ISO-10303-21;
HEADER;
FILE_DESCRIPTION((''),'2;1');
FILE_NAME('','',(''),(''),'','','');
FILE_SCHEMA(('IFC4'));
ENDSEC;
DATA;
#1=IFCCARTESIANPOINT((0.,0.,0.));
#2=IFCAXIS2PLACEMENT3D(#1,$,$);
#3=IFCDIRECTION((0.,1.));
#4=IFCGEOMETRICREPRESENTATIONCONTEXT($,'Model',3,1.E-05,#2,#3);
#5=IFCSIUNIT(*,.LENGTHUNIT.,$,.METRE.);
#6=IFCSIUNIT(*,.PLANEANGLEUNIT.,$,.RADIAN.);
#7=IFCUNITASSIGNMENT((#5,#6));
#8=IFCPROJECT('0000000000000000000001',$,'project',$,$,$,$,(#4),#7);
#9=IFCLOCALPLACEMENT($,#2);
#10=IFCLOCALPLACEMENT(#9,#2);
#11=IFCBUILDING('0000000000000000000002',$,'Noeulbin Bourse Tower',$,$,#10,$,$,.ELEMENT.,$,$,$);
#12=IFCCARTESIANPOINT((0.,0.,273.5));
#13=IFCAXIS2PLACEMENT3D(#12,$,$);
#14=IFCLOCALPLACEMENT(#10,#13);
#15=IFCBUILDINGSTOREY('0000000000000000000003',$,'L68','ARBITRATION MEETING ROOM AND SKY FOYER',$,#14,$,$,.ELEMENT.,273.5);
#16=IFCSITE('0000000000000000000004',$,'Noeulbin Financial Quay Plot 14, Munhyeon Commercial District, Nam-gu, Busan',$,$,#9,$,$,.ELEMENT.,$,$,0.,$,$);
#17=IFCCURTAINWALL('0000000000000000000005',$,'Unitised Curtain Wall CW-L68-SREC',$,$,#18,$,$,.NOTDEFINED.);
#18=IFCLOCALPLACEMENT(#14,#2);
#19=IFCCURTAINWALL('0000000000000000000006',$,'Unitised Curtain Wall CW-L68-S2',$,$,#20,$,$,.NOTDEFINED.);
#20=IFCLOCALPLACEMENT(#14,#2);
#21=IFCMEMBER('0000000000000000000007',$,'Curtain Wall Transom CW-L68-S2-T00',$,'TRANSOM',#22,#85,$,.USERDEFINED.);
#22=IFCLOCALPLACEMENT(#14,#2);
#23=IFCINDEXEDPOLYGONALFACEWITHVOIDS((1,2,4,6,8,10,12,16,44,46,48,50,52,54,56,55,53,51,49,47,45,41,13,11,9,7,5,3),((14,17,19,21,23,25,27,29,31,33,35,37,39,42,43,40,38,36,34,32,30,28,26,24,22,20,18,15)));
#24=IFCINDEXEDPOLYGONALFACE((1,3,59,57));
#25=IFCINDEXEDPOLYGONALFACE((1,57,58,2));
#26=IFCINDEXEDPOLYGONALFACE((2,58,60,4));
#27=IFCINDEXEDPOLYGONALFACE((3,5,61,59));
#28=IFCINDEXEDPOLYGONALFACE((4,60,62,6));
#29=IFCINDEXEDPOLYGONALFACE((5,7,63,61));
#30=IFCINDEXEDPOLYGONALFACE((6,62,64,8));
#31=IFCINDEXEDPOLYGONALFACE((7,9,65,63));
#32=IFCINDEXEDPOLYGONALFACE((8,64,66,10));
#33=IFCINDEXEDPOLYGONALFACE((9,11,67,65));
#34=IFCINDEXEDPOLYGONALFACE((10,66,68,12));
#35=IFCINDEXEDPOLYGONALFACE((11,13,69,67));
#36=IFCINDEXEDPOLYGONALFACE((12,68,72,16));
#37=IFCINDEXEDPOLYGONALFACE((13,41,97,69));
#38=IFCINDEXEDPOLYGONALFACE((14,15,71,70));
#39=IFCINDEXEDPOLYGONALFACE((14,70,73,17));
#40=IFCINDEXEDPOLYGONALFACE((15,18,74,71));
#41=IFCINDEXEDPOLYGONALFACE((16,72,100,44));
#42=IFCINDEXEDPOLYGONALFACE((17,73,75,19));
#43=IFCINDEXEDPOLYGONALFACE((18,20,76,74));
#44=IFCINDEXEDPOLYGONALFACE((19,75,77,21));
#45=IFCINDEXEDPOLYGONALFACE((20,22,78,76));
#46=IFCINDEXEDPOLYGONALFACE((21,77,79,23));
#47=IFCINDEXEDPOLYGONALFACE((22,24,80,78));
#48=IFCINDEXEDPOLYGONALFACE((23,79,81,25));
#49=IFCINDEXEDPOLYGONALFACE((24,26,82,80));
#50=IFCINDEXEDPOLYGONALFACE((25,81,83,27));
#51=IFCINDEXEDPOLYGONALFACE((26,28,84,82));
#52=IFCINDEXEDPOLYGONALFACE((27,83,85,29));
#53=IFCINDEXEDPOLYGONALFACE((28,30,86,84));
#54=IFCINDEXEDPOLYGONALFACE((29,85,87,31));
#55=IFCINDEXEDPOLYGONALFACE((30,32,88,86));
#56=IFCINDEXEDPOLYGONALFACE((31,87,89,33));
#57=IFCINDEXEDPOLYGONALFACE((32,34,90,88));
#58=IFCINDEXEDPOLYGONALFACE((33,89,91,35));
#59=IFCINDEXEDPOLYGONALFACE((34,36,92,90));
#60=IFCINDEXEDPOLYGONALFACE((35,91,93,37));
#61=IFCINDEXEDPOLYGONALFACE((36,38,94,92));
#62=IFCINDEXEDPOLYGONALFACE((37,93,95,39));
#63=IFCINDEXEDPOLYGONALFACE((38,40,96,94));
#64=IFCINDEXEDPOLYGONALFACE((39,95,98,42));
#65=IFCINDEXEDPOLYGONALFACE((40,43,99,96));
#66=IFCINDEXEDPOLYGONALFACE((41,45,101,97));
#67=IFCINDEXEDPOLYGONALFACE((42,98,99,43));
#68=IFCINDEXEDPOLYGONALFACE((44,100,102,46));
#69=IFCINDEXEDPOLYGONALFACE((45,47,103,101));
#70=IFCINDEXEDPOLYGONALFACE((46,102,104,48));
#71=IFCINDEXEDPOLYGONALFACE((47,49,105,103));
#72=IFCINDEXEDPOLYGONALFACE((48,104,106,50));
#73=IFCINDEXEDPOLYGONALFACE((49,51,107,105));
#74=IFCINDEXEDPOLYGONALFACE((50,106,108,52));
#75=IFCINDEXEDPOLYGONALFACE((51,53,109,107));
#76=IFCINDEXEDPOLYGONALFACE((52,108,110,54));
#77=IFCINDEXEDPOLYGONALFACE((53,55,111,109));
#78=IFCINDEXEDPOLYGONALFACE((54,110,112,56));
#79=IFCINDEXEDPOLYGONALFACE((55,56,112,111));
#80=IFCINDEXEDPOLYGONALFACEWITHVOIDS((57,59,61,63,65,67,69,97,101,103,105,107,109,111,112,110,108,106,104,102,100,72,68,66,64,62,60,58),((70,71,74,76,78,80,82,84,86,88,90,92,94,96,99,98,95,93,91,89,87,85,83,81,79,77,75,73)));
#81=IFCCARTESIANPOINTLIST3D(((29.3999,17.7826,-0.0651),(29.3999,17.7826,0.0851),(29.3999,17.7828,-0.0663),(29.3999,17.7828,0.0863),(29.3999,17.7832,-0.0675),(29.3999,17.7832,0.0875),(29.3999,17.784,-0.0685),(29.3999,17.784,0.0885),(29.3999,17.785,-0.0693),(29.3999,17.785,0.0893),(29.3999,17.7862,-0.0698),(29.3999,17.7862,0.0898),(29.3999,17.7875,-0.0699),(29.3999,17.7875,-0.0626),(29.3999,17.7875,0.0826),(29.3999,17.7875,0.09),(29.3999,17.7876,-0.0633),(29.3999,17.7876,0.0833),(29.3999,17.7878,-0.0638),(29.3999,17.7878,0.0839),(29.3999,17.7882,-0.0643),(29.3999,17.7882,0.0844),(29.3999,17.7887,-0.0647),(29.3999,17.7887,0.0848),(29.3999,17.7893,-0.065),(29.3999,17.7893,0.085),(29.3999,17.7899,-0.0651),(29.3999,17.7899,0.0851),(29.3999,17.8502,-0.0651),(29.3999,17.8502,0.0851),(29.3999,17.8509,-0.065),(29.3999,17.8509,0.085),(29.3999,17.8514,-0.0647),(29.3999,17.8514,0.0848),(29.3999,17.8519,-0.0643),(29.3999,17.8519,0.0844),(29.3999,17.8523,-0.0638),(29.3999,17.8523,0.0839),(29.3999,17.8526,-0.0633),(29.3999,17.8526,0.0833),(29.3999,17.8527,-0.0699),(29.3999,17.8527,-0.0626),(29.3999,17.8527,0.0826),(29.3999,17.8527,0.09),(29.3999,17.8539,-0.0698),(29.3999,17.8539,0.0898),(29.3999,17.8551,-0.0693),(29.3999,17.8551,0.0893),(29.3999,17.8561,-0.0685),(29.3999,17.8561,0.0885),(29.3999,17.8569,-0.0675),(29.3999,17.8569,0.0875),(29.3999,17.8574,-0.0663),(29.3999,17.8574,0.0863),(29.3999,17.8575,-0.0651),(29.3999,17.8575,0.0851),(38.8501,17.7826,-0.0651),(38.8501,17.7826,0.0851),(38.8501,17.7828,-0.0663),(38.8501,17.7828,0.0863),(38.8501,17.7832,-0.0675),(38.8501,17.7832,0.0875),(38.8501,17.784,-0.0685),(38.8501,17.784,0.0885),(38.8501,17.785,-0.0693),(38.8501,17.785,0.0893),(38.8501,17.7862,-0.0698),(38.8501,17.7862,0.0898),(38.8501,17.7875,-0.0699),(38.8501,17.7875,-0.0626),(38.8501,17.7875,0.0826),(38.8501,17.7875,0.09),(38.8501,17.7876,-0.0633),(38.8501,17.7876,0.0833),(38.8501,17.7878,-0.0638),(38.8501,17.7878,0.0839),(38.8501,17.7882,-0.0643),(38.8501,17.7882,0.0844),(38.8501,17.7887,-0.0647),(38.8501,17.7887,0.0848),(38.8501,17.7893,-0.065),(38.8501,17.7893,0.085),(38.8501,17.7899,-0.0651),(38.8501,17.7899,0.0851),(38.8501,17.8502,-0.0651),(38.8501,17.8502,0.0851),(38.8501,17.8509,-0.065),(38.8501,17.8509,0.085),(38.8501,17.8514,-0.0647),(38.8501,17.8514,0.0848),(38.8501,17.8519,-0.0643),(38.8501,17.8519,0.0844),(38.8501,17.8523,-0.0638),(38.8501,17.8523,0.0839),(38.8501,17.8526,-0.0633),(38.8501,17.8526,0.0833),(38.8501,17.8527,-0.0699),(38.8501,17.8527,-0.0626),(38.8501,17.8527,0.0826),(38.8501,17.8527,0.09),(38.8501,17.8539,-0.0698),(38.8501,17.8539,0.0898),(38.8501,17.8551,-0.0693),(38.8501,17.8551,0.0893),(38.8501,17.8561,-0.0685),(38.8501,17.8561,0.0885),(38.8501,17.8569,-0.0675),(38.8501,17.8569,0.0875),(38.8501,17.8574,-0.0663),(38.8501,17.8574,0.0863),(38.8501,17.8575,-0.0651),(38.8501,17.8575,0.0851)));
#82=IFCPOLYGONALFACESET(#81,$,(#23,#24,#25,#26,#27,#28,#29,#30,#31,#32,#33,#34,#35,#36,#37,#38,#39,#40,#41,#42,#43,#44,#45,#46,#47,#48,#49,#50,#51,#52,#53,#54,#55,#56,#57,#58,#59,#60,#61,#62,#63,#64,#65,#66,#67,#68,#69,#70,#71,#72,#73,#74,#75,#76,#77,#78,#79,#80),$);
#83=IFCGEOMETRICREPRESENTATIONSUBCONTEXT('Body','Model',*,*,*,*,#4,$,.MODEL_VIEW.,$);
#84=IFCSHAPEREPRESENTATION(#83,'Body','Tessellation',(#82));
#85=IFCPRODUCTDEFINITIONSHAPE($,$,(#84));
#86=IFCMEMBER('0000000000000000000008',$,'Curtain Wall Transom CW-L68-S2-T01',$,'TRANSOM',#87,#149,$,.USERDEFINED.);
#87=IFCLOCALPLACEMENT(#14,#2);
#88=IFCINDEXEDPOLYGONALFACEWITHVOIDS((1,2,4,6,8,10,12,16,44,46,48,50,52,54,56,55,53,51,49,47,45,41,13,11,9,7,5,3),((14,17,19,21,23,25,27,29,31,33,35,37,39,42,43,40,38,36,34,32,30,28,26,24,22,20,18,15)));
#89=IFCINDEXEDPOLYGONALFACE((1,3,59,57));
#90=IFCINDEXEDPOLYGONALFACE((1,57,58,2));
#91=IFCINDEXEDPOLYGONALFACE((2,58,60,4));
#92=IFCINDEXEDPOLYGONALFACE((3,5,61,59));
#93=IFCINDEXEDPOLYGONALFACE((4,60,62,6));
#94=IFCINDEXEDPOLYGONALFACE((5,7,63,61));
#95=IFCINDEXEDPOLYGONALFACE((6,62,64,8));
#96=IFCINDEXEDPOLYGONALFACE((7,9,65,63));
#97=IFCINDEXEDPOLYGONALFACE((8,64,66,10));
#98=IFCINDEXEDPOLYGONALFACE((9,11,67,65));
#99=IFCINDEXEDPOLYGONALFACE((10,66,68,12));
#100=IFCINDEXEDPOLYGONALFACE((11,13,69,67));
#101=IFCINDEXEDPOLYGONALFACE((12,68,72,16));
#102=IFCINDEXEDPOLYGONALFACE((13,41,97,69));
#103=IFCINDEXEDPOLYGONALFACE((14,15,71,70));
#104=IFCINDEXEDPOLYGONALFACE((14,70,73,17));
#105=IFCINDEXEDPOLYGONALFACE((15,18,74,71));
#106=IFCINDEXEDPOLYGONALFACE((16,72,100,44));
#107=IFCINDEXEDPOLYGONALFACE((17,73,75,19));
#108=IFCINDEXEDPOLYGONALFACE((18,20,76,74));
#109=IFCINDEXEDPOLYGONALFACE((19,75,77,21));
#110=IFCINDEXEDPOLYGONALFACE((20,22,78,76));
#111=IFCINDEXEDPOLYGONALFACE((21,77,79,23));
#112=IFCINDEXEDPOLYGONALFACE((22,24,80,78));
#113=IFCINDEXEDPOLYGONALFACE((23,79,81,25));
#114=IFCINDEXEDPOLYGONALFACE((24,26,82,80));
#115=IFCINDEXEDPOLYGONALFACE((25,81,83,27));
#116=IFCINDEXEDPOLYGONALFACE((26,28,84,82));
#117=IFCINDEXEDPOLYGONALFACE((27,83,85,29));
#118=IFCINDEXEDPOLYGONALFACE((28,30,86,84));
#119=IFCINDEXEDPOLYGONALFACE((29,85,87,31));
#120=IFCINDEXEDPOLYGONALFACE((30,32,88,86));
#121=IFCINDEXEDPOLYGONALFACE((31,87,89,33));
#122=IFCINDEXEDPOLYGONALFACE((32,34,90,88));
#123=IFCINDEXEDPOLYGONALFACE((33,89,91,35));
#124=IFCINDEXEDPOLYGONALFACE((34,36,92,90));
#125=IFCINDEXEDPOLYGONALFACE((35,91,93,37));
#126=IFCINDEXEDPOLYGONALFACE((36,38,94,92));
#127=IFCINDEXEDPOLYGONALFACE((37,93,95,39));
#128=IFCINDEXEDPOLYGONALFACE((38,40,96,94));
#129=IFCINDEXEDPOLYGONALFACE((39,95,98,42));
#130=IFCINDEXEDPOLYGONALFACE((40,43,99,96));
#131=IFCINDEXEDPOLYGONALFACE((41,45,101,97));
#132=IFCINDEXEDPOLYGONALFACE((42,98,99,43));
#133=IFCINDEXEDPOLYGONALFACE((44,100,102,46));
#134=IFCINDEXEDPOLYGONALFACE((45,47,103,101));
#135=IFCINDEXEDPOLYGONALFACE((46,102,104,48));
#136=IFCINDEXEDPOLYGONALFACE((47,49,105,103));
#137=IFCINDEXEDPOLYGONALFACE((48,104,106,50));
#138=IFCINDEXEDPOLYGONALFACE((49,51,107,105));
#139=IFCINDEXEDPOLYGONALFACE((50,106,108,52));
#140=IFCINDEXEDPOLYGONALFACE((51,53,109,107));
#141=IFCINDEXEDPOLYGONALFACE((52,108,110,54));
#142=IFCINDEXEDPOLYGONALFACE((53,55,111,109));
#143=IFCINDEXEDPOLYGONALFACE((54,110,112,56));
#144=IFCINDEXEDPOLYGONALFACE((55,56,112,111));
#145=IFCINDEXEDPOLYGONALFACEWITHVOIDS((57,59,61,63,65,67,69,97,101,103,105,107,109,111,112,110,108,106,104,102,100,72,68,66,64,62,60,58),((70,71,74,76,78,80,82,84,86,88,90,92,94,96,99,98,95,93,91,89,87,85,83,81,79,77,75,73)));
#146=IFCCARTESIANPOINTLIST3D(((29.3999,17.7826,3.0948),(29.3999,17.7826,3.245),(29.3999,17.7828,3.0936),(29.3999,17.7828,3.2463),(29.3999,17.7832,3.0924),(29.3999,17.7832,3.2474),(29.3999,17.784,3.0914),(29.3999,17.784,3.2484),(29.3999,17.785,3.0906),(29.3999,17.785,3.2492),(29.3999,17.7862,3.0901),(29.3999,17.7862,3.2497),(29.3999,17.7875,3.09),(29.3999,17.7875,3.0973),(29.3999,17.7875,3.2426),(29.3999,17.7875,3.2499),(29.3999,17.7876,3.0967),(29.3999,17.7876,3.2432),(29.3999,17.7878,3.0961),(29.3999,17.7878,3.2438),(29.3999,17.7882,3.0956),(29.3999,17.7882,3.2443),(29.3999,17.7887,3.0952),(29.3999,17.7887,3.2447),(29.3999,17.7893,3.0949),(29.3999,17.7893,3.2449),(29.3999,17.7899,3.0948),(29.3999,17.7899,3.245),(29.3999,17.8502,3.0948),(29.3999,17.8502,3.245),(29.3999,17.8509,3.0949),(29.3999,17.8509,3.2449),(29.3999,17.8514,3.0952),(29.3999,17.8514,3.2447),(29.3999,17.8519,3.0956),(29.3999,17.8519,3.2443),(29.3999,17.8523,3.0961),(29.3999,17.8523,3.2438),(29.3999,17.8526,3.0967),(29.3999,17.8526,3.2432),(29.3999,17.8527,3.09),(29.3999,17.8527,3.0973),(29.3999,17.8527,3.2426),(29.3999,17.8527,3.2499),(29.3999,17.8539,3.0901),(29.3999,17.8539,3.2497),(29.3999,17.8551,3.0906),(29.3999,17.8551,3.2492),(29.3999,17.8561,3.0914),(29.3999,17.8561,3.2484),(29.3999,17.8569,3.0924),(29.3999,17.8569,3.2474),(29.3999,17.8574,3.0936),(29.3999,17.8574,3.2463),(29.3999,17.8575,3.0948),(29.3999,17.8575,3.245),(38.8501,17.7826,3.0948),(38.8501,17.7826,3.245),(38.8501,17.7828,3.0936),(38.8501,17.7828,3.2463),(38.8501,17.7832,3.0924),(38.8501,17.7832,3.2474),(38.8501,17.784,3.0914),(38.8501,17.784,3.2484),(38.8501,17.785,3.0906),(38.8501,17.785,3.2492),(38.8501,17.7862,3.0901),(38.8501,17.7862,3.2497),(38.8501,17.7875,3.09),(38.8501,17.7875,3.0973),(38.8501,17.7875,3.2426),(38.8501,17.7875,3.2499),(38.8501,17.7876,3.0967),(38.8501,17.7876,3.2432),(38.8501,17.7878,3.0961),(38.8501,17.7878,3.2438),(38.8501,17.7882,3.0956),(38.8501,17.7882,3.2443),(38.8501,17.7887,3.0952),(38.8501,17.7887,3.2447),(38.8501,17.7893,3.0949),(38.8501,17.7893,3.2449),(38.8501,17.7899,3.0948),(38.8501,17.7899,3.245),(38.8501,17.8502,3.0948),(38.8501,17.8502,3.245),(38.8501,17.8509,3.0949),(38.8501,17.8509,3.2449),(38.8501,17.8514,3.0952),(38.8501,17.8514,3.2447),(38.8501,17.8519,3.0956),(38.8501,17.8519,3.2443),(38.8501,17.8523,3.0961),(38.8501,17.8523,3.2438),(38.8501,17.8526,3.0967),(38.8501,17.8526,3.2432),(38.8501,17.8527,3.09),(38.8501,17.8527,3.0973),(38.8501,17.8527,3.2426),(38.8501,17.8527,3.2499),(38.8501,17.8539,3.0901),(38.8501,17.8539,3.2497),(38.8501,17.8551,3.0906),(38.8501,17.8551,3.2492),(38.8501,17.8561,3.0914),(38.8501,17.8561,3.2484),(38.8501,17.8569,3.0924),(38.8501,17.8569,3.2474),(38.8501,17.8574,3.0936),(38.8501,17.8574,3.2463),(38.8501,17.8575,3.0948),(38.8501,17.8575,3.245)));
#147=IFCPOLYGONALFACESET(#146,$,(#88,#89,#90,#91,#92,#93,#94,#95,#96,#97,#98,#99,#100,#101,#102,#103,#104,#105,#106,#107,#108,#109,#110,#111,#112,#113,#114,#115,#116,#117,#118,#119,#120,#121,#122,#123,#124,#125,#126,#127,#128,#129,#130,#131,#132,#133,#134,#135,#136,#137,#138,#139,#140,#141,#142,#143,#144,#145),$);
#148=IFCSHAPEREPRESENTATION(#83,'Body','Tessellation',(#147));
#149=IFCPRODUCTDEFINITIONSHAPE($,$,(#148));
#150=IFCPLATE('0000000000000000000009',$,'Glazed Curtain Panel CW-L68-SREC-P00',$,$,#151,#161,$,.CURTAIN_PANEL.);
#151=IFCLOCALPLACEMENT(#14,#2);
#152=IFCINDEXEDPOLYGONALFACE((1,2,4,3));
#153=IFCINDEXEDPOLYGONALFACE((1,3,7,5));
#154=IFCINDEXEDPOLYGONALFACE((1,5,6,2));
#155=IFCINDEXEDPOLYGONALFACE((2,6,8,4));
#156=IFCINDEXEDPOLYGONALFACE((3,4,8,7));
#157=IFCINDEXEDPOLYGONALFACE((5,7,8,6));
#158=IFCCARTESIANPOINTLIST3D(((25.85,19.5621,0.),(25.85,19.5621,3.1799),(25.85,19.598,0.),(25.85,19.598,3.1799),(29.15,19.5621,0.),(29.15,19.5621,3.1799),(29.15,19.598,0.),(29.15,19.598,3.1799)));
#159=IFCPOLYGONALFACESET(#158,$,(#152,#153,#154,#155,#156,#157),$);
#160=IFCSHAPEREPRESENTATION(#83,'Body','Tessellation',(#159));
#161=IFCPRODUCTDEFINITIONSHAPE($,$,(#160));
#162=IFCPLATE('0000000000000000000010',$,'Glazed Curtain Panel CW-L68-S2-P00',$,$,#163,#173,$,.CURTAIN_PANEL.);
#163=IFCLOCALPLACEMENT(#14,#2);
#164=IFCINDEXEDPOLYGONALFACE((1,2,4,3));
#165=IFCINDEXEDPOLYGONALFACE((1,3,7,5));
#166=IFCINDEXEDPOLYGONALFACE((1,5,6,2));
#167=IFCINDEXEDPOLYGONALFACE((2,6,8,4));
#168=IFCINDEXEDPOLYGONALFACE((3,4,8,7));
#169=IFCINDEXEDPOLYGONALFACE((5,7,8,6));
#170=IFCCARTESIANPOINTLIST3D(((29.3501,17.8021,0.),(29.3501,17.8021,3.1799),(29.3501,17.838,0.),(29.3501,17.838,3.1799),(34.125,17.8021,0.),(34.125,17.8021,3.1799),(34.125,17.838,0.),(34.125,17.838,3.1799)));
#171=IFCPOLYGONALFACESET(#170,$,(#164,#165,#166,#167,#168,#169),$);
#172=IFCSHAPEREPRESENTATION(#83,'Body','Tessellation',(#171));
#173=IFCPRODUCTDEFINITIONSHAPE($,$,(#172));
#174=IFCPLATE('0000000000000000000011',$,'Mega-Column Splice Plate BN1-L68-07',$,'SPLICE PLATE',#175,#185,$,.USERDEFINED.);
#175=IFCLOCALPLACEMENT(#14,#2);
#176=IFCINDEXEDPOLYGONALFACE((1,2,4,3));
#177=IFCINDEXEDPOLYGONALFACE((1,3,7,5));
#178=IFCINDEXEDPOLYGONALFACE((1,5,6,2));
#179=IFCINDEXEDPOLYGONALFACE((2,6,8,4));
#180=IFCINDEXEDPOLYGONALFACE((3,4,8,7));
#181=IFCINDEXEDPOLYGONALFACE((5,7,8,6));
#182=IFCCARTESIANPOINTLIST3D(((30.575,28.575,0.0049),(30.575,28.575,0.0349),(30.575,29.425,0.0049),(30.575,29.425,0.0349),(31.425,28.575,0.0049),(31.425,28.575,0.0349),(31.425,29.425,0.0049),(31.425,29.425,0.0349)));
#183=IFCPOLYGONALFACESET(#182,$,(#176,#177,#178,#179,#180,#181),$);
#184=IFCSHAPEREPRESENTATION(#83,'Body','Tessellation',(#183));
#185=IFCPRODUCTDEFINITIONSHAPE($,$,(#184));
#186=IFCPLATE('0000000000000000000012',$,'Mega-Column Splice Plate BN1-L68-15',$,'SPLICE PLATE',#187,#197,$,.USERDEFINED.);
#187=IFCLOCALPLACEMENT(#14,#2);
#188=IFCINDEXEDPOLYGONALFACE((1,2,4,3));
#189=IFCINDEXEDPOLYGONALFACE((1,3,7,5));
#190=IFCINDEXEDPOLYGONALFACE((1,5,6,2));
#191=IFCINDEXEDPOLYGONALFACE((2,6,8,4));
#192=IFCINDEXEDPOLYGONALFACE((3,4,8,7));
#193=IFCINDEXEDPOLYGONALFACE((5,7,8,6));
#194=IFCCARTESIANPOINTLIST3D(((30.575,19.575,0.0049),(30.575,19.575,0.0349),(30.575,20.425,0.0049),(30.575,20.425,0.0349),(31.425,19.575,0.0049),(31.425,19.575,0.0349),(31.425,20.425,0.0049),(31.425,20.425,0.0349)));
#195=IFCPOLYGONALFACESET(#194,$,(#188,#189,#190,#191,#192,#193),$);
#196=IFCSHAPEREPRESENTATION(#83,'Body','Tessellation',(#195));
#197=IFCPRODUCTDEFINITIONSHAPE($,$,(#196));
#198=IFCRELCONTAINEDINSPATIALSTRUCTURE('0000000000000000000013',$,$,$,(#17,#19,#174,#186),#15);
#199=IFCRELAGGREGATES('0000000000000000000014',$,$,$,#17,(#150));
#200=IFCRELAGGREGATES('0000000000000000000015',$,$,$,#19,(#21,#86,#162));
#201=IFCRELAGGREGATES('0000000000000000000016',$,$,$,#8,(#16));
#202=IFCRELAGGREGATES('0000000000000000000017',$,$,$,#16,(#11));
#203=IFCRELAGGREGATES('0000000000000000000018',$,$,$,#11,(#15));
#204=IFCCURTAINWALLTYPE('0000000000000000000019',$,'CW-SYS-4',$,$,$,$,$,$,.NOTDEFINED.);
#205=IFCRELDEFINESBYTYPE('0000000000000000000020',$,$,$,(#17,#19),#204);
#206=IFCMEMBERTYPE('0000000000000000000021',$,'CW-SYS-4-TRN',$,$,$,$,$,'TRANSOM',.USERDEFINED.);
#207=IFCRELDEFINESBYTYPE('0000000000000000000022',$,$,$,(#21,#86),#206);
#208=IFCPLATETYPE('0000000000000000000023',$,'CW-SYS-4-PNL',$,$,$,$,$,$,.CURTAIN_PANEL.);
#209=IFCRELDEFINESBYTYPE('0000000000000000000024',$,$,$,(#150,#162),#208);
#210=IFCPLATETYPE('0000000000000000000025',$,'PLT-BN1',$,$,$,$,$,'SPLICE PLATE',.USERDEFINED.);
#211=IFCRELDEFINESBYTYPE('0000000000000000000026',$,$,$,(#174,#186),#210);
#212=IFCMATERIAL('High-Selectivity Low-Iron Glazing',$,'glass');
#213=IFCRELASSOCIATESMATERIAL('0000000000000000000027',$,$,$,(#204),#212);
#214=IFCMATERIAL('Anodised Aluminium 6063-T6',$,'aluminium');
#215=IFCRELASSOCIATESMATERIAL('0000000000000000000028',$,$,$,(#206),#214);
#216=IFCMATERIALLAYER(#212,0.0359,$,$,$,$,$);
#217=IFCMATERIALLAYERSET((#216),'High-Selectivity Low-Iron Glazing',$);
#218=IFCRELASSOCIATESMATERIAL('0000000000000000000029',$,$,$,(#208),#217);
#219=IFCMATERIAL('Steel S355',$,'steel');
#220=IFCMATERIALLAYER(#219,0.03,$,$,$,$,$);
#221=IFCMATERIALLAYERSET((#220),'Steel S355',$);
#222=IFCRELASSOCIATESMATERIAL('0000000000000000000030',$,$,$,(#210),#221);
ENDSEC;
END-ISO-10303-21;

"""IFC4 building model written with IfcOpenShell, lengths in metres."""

from ifc_helpers import new_model, si_unit, direction, frame, origin, origin_2d, place, context, subcontext, project, spatial, rectangle, hollow_rectangle, extrude, material, layer, layer_set, material_profile, profile_set, type_object, element, aggregate, save


model = new_model("IFC4")

# Units and contexts
model_context = context("Model", 3, precision=1e-05, world=origin(), true_north=direction((0.0, 1.0)))
body_context = subcontext(model_context, "Body", "Model", "MODEL_VIEW")
ifc_project = project(units=[si_unit("LENGTHUNIT", "METRE"), si_unit("PLANEANGLEUNIT", "RADIAN")], contexts=[model_context])

# Site, building, storey
site_placement = place(None, origin())
site = spatial("IfcSite", under=ifc_project, at=site_placement, Name="Noeulbin Financial Quay Plot 14, Munhyeon Commercial District, Nam-gu, Busan", CompositionType="ELEMENT", RefElevation=0.0)
building_placement = place(site_placement, origin())
building = spatial("IfcBuilding", under=site, at=building_placement, Name="Noeulbin Bourse Tower", CompositionType="ELEMENT")
storey_placement = place(building_placement, frame((0.0, 0.0, 273.5)))
storey = spatial("IfcBuildingStorey", under=building, at=storey_placement, Name="L68", Description="ARBITRATION MEETING ROOM AND SKY FOYER", CompositionType="ELEMENT", Elevation=273.5)

# Shared definitions
ifc_material_1 = material(Name="Steel S355", Category="steel")

# Curtain wall
ifc_material_2 = material(Name="High-Selectivity Low-Iron Glazing", Category="glass")
curtain_wall_type = type_object("IfcCurtainWallType", Name="CW-SYS-4", PredefinedType="NOTDEFINED", material=ifc_material_2)
curtain_wall_1_placement = place(storey_placement, origin())
curtain_wall_1 = element("IfcCurtainWall", 1, at=curtain_wall_1_placement, inside=storey, type_object=curtain_wall_type, Name="Unitised Curtain Wall CW-L68-SREC", PredefinedType="NOTDEFINED")
ifc_material_3 = material(Name="Anodised Aluminium 6063-T6", Category="aluminium")

# Curtain wall
curtain_wall_2_placement = place(storey_placement, origin())
curtain_wall_2 = element("IfcCurtainWall", 2, at=curtain_wall_2_placement, inside=storey, type_object=curtain_wall_type, Name="Unitised Curtain Wall CW-L68-S2", PredefinedType="NOTDEFINED")

# Members
ifc_material_profile_1 = material_profile(ifc_material_3, hollow_rectangle(XDim=0.075, YDim=0.1599, WallThickness=0.0049, InnerFilletRadius=0.0024, OuterFilletRadius=0.0049, at=origin_2d()), Name="ALU-TRAN-75x160x5", Category="LoadBearing")
ifc_profile_set_1 = profile_set([ifc_material_profile_1], Name="Anodised Aluminium 6063-T6")
member_type_1 = type_object("IfcMemberType", Name="CW-SYS-4-TRN", ElementType="TRANSOM", PredefinedType="USERDEFINED", material=ifc_profile_set_1)
member_1_placement = place(storey_placement, frame((29.3999, 17.8201, 0.01), z_axis=(1.0, 0.0, 0.0), x_axis=(0.0, 1.0, 0.0)))
member_1 = element("IfcMember", 3, at=member_1_placement, type_object=member_type_1, Name="Curtain Wall Transom CW-L68-S2-T00", ObjectType="TRANSOM", PredefinedType="USERDEFINED", context=body_context, shape_type="SweptSolid", body=[
    extrude(hollow_rectangle(XDim=0.075, YDim=0.1599, WallThickness=0.0049, InnerFilletRadius=0.0024, OuterFilletRadius=0.0049, at=origin_2d()), origin(), (0.0, 0.0, 1.0), 9.4502),
])
member_2_placement = place(storey_placement, frame((29.3999, 17.8201, 3.1699), z_axis=(1.0, 0.0, 0.0), x_axis=(0.0, 1.0, 0.0)))
member_2 = element("IfcMember", 4, at=member_2_placement, type_object=member_type_1, Name="Curtain Wall Transom CW-L68-S2-T01", ObjectType="TRANSOM", PredefinedType="USERDEFINED", context=body_context, shape_type="SweptSolid", body=[
    extrude(hollow_rectangle(XDim=0.075, YDim=0.1599, WallThickness=0.0049, InnerFilletRadius=0.0024, OuterFilletRadius=0.0049, at=origin_2d()), origin(), (0.0, 0.0, 1.0), 9.4502),
])

# Plates
ifc_layer_1 = layer(ifc_material_2, 0.0359)
ifc_layer_set_1 = layer_set([ifc_layer_1], Name="High-Selectivity Low-Iron Glazing")
plate_type_1 = type_object("IfcPlateType", Name="CW-SYS-4-PNL", PredefinedType="CURTAIN_PANEL", material=ifc_layer_set_1)
plate_1_placement = place(storey_placement, frame((27.5, 19.5801, 0.0), z_axis=(0.0, 0.0, 1.0), x_axis=(1.0, 0.0, 0.0)))
plate_1 = element("IfcPlate", 5, at=plate_1_placement, type_object=plate_type_1, Name="Glazed Curtain Panel CW-L68-SREC-P00", PredefinedType="CURTAIN_PANEL", context=body_context, shape_type="SweptSolid", body=[
    extrude(rectangle(XDim=3.3, YDim=0.0359, at=origin_2d()), origin(), (0.0, 0.0, 1.0), 3.1799),
])
aggregate(curtain_wall_1, [plate_1])
plate_2_placement = place(storey_placement, frame((31.7375, 17.8201, 0.0), z_axis=(0.0, 0.0, 1.0), x_axis=(1.0, 0.0, 0.0)))
plate_2 = element("IfcPlate", 6, at=plate_2_placement, type_object=plate_type_1, Name="Glazed Curtain Panel CW-L68-S2-P00", PredefinedType="CURTAIN_PANEL", context=body_context, shape_type="SweptSolid", body=[
    extrude(rectangle(XDim=4.7749, YDim=0.0359, at=origin_2d()), origin(), (0.0, 0.0, 1.0), 3.1799),
])
aggregate(curtain_wall_2, [member_1, member_2, plate_2])

# Plates
ifc_layer_2 = layer(ifc_material_1, 0.03)
ifc_layer_set_2 = layer_set([ifc_layer_2], Name="Steel S355")
plate_type_2 = type_object("IfcPlateType", Name="PLT-BN1", ElementType="SPLICE PLATE", PredefinedType="USERDEFINED", material=ifc_layer_set_2)
for number, where, z_axis, x_axis, name in (
    (7, (31.0, 29.0, 0.0049), (0.0, 0.0, 1.0), (1.0, 0.0, 0.0), "Mega-Column Splice Plate BN1-L68-07"),
    (8, (31.0, 20.0, 0.0049), (0.0, 0.0, 1.0), (1.0, 0.0, 0.0), "Mega-Column Splice Plate BN1-L68-15"),
):
    element("IfcPlate", number, at=place(storey_placement, frame(where, z_axis=z_axis, x_axis=x_axis)), inside=storey, type_object=plate_type_2, Name=name, ObjectType="SPLICE PLATE", PredefinedType="USERDEFINED", context=body_context, shape_type="SweptSolid", body=[
        extrude(rectangle(XDim=0.8501, YDim=0.8501, at=origin_2d()), origin(), (0.0, 0.0, 1.0), 0.03),
    ])

save(model, "model.ifc")
